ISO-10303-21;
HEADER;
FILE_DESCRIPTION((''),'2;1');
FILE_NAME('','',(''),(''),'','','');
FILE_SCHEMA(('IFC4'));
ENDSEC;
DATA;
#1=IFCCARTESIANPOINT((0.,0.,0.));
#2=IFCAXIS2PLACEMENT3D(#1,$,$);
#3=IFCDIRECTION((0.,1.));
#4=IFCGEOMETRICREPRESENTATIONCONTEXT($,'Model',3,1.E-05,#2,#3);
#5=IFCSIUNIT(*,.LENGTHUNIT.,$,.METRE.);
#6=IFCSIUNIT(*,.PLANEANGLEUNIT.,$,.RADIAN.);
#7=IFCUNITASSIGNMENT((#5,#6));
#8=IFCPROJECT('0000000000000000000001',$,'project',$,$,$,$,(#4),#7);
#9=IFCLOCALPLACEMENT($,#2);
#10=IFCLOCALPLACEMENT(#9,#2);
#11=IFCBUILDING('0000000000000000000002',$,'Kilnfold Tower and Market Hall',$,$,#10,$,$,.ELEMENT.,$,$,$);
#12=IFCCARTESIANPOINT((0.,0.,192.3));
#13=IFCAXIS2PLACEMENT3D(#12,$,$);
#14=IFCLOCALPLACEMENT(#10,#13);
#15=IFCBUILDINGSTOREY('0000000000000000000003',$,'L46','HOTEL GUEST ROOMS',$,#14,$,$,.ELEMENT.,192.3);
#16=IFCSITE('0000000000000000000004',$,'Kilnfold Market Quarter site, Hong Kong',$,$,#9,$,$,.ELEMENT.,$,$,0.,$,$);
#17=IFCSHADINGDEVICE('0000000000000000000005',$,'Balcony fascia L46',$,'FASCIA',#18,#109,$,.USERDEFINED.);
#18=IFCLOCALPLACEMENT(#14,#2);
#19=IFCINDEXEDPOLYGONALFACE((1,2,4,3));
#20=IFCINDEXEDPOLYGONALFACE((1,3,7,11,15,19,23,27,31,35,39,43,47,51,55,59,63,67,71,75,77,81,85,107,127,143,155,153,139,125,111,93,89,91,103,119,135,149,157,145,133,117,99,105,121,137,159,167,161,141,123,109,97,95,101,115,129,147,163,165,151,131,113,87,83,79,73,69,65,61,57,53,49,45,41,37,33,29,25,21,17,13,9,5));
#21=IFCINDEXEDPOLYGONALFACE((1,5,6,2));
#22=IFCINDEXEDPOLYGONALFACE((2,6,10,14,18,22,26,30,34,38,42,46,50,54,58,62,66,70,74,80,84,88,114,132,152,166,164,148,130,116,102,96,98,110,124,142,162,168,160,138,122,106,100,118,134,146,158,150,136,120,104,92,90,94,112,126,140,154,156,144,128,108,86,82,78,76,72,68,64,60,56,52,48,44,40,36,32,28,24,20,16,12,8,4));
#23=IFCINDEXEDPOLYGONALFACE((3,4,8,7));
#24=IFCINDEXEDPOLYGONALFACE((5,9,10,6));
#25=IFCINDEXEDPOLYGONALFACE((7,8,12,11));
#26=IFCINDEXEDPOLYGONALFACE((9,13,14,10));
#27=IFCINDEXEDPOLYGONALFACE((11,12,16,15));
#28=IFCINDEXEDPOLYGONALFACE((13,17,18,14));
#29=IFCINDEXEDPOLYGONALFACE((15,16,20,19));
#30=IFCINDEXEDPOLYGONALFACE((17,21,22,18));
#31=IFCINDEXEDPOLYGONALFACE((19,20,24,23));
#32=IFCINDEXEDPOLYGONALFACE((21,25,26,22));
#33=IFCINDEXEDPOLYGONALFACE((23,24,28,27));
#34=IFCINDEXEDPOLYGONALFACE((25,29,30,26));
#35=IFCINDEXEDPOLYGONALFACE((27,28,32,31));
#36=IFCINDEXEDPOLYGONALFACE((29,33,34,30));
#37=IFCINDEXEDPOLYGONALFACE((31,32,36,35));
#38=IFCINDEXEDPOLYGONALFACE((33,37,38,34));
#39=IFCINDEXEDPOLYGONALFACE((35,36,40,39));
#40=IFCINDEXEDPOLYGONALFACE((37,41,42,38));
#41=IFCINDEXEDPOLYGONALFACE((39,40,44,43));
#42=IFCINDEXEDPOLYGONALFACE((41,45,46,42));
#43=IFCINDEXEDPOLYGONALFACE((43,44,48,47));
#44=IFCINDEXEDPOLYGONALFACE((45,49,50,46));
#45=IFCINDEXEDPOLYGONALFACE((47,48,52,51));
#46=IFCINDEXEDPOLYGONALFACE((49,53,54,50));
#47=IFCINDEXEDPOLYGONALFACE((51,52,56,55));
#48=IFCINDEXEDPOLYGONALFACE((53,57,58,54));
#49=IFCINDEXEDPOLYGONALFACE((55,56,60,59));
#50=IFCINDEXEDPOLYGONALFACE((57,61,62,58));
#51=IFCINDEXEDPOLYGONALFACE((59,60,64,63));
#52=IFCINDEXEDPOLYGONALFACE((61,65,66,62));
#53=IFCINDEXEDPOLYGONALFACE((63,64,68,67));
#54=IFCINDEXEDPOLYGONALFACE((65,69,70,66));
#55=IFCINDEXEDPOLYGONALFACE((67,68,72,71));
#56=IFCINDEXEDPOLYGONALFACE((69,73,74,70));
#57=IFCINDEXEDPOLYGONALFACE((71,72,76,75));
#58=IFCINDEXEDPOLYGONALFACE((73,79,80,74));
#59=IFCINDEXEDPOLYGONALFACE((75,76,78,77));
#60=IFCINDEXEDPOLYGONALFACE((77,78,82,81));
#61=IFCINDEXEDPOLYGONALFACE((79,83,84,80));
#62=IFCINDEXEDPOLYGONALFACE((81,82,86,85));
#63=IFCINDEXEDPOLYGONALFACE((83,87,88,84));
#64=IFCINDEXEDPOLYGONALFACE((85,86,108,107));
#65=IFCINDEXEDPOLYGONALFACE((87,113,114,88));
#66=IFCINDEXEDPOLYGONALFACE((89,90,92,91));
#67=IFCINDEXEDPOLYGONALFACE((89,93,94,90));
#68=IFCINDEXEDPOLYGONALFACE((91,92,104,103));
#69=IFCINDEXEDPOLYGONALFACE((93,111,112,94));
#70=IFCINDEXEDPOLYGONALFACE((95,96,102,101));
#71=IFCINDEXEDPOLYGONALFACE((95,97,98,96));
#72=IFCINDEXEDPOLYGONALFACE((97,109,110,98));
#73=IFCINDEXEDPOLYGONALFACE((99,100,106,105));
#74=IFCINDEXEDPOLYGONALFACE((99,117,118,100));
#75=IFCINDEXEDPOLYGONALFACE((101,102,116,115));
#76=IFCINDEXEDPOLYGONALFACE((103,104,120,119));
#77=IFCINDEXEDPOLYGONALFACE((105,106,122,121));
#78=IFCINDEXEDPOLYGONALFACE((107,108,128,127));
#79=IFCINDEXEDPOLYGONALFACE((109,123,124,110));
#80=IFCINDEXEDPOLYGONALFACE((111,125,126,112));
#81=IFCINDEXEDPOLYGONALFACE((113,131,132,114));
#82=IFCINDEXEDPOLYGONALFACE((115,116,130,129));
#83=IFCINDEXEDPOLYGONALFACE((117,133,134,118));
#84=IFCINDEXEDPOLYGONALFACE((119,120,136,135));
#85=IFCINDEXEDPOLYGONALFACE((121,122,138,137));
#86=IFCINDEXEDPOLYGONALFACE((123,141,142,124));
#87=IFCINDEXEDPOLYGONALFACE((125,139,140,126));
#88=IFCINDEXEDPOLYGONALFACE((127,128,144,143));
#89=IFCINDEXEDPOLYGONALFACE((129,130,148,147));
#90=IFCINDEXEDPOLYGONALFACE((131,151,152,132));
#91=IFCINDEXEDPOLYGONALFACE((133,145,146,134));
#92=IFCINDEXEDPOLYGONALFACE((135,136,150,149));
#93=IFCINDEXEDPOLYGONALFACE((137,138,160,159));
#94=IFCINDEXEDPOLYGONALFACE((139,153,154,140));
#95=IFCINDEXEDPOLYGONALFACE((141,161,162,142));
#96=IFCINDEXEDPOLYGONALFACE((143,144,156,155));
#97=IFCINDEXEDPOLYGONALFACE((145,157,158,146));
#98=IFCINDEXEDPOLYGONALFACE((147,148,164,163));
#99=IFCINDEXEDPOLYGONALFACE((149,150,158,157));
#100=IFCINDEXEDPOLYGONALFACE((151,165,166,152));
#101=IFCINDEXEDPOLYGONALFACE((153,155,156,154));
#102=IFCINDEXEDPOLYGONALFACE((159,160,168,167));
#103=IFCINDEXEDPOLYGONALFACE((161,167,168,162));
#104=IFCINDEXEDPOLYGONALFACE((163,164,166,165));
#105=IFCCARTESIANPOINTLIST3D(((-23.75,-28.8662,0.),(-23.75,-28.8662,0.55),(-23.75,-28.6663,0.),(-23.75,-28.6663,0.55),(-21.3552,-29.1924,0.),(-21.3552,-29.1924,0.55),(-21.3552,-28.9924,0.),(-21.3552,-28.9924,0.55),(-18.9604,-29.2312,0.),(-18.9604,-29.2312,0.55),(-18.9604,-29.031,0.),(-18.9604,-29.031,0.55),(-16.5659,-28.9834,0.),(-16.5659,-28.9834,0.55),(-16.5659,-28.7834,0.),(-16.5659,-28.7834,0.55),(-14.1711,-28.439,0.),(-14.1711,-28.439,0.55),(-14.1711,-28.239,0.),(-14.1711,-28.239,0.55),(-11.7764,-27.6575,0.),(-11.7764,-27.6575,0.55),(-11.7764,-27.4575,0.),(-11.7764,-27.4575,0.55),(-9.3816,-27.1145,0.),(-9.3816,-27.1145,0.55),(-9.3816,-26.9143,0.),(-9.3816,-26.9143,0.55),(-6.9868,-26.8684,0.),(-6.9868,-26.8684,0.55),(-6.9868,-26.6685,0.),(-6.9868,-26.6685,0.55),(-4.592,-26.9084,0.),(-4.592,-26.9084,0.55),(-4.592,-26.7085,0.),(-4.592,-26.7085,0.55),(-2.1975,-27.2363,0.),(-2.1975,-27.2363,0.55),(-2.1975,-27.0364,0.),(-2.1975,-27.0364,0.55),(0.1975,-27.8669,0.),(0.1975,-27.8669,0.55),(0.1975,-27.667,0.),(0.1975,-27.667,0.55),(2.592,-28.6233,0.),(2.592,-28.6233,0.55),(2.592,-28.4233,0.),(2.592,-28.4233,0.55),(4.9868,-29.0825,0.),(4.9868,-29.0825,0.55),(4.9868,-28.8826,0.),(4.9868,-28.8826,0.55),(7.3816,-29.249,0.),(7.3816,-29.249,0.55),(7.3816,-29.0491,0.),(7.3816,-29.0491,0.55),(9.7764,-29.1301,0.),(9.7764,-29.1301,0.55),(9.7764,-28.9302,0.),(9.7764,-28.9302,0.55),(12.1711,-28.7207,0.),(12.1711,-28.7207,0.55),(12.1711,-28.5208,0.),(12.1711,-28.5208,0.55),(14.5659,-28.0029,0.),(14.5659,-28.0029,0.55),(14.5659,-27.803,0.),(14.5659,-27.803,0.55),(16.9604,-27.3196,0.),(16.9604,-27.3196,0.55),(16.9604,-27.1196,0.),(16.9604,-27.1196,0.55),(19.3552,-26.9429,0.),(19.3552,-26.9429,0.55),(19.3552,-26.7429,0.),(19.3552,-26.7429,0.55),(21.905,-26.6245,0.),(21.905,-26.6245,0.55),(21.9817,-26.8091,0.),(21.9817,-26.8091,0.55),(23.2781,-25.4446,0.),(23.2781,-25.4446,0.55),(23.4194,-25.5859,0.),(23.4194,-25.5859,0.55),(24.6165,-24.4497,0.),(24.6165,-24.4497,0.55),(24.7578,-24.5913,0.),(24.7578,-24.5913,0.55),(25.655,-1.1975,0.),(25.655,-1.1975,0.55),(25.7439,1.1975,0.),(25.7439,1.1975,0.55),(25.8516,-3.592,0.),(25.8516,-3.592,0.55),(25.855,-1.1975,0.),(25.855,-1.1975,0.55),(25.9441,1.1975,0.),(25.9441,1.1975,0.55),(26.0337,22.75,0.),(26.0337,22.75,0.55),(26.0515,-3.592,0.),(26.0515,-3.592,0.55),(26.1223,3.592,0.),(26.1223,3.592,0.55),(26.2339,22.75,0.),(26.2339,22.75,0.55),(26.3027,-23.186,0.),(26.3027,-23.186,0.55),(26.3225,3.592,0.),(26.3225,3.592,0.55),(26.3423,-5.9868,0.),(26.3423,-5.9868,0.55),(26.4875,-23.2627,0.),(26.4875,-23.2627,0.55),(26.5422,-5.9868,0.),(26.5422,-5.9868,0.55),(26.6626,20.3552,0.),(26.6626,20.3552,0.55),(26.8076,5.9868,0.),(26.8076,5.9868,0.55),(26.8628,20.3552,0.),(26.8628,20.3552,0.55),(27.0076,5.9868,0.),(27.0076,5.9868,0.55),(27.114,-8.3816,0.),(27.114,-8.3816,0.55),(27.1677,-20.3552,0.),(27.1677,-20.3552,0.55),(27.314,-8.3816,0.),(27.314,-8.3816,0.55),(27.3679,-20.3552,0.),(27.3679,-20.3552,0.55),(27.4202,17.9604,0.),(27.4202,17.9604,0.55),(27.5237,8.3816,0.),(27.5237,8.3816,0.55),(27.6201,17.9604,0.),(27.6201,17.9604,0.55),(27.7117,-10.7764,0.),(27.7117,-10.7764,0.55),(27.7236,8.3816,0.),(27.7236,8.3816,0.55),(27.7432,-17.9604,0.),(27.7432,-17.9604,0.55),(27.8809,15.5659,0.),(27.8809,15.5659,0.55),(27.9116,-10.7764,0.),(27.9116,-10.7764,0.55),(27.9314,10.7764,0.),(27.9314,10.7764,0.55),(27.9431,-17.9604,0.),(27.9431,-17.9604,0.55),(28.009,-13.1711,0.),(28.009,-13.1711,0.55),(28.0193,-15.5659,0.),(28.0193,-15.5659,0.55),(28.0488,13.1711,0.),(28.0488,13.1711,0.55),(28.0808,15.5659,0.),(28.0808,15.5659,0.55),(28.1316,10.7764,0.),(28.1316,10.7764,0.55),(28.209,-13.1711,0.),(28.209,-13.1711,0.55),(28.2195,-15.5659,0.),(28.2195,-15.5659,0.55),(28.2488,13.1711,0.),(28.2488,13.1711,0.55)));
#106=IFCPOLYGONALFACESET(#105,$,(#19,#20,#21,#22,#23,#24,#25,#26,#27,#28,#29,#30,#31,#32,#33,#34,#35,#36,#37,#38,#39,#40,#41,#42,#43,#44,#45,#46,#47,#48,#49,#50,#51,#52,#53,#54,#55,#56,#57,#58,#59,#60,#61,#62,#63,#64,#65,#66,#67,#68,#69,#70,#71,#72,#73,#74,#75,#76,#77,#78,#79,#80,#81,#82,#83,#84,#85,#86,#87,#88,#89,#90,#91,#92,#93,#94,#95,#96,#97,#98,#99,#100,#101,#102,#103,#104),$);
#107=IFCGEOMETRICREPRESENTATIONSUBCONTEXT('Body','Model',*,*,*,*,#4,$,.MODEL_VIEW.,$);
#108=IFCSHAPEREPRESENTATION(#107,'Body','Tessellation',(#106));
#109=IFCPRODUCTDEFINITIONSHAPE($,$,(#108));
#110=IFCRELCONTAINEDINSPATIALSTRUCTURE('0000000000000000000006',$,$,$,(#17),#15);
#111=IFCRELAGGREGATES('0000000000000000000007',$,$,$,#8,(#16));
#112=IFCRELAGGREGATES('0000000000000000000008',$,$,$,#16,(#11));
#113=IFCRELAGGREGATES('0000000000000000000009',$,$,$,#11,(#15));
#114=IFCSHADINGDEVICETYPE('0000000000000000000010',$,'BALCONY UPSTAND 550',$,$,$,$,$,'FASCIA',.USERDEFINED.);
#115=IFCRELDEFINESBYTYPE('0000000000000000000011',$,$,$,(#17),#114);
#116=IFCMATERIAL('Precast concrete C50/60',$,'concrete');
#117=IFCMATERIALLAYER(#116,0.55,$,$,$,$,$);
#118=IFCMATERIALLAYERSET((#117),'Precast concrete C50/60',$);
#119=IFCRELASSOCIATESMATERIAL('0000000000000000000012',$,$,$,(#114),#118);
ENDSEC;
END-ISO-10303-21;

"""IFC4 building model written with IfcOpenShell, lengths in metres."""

from ifc_helpers import new_model, si_unit, direction, frame, origin, place, context, subcontext, project, spatial, polyline, outline, extrude, source, transform, mapped, material, layer, layer_set, type_object, element, save


model = new_model("IFC4")

# Units and contexts
model_context = context("Model", 3, precision=1e-05, world=origin(), true_north=direction((0.0, 1.0)))
body_context = subcontext(model_context, "Body", "Model", "MODEL_VIEW")
ifc_project = project(units=[si_unit("LENGTHUNIT", "METRE"), si_unit("PLANEANGLEUNIT", "RADIAN")], contexts=[model_context])

# Site, building, storey
site_placement = place(None, origin())
site = spatial("IfcSite", under=ifc_project, at=site_placement, Name="Kilnfold Market Quarter site, Hong Kong", CompositionType="ELEMENT", RefElevation=0.0)
building_placement = place(site_placement, origin())
building = spatial("IfcBuilding", under=site, at=building_placement, Name="Kilnfold Tower and Market Hall", CompositionType="ELEMENT")
storey_placement = place(building_placement, frame((0.0, 0.0, 192.3)))
storey = spatial("IfcBuildingStorey", under=building, at=storey_placement, Name="L46", Description="HOTEL GUEST ROOMS", CompositionType="ELEMENT", Elevation=192.3)

# Shading device
ifc_material_1 = material(Name="Precast concrete C50/60", Category="concrete")
ifc_layer_1 = layer(ifc_material_1, 0.55)
ifc_layer_set_1 = layer_set([ifc_layer_1], Name="Precast concrete C50/60")
shading_device_type_1 = type_object("IfcShadingDeviceType", Name="BALCONY UPSTAND 550", ElementType="FASCIA", PredefinedType="USERDEFINED", material=ifc_layer_set_1)
shared_shape_1 = source(origin(), body_context, "Body", "SweptSolid", [
    extrude(outline(polyline([(-23.75, -28.8662), (-21.3552, -29.1924), (-18.9604, -29.2312), (-16.5659, -28.9834), (-14.1711, -28.439), (-11.7764, -27.6575), (-9.3816, -27.1145), (-6.9868, -26.8684), (-4.592, -26.9084), (-2.1975, -27.2363), (0.1975, -27.8669), (2.592, -28.6233), (4.9868, -29.0825), (7.3816, -29.249), (9.7764, -29.1301), (12.1711, -28.7207), (14.5659, -28.0029), (16.9604, -27.3196), (19.3552, -26.9429), (21.9817, -26.8091), (23.4194, -25.5859), (24.7578, -24.5913), (26.4875, -23.2627), (27.3679, -20.3552), (27.9431, -17.9604), (28.2195, -15.5659), (28.209, -13.1711), (27.9116, -10.7764), (27.314, -8.3816), (26.5422, -5.9868), (26.0515, -3.592), (25.855, -1.1975), (25.9441, 1.1975), (26.3225, 3.592), (27.0076, 5.9868), (27.7236, 8.3816), (28.1316, 10.7764), (28.2488, 13.1711), (28.0808, 15.5659), (27.6201, 17.9604), (26.8628, 20.3552), (26.2339, 22.75), (26.0337, 22.75), (26.6626, 20.3552), (27.4202, 17.9604), (27.8809, 15.5659), (28.0488, 13.1711), (27.9314, 10.7764), (27.5237, 8.3816), (26.8076, 5.9868), (26.1223, 3.592), (25.7439, 1.1975), (25.655, -1.1975), (25.8516, -3.592), (26.3423, -5.9868), (27.114, -8.3816), (27.7117, -10.7764), (28.009, -13.1711), (28.0193, -15.5659), (27.7432, -17.9604), (27.1677, -20.3552), (26.3027, -23.186), (24.6165, -24.4497), (23.2781, -25.4446), (21.905, -26.6245), (19.3552, -26.7429), (16.9604, -27.1196), (14.5659, -27.803), (12.1711, -28.5208), (9.7764, -28.9302), (7.3816, -29.0491), (4.9868, -28.8826), (2.592, -28.4233), (0.1975, -27.667), (-2.1975, -27.0364), (-4.592, -26.7085), (-6.9868, -26.6685), (-9.3816, -26.9143), (-11.7764, -27.4575), (-14.1711, -28.239), (-16.5659, -28.7834), (-18.9604, -29.031), (-21.3552, -28.9924), (-23.75, -28.6663), (-23.75, -28.8662)])), origin(), (0.0, 0.0, 1.0), 0.55),
])
shading_device_1_placement = place(storey_placement, origin())
element("IfcShadingDevice", 1, at=shading_device_1_placement, inside=storey, type_object=shading_device_type_1, Name="Balcony fascia L46", ObjectType="FASCIA", PredefinedType="USERDEFINED", context=body_context, shape_type="MappedRepresentation", body=[
    mapped(shared_shape_1, transform((0.0, 0.0, 0.0))),
])

save(model, "model.ifc")
